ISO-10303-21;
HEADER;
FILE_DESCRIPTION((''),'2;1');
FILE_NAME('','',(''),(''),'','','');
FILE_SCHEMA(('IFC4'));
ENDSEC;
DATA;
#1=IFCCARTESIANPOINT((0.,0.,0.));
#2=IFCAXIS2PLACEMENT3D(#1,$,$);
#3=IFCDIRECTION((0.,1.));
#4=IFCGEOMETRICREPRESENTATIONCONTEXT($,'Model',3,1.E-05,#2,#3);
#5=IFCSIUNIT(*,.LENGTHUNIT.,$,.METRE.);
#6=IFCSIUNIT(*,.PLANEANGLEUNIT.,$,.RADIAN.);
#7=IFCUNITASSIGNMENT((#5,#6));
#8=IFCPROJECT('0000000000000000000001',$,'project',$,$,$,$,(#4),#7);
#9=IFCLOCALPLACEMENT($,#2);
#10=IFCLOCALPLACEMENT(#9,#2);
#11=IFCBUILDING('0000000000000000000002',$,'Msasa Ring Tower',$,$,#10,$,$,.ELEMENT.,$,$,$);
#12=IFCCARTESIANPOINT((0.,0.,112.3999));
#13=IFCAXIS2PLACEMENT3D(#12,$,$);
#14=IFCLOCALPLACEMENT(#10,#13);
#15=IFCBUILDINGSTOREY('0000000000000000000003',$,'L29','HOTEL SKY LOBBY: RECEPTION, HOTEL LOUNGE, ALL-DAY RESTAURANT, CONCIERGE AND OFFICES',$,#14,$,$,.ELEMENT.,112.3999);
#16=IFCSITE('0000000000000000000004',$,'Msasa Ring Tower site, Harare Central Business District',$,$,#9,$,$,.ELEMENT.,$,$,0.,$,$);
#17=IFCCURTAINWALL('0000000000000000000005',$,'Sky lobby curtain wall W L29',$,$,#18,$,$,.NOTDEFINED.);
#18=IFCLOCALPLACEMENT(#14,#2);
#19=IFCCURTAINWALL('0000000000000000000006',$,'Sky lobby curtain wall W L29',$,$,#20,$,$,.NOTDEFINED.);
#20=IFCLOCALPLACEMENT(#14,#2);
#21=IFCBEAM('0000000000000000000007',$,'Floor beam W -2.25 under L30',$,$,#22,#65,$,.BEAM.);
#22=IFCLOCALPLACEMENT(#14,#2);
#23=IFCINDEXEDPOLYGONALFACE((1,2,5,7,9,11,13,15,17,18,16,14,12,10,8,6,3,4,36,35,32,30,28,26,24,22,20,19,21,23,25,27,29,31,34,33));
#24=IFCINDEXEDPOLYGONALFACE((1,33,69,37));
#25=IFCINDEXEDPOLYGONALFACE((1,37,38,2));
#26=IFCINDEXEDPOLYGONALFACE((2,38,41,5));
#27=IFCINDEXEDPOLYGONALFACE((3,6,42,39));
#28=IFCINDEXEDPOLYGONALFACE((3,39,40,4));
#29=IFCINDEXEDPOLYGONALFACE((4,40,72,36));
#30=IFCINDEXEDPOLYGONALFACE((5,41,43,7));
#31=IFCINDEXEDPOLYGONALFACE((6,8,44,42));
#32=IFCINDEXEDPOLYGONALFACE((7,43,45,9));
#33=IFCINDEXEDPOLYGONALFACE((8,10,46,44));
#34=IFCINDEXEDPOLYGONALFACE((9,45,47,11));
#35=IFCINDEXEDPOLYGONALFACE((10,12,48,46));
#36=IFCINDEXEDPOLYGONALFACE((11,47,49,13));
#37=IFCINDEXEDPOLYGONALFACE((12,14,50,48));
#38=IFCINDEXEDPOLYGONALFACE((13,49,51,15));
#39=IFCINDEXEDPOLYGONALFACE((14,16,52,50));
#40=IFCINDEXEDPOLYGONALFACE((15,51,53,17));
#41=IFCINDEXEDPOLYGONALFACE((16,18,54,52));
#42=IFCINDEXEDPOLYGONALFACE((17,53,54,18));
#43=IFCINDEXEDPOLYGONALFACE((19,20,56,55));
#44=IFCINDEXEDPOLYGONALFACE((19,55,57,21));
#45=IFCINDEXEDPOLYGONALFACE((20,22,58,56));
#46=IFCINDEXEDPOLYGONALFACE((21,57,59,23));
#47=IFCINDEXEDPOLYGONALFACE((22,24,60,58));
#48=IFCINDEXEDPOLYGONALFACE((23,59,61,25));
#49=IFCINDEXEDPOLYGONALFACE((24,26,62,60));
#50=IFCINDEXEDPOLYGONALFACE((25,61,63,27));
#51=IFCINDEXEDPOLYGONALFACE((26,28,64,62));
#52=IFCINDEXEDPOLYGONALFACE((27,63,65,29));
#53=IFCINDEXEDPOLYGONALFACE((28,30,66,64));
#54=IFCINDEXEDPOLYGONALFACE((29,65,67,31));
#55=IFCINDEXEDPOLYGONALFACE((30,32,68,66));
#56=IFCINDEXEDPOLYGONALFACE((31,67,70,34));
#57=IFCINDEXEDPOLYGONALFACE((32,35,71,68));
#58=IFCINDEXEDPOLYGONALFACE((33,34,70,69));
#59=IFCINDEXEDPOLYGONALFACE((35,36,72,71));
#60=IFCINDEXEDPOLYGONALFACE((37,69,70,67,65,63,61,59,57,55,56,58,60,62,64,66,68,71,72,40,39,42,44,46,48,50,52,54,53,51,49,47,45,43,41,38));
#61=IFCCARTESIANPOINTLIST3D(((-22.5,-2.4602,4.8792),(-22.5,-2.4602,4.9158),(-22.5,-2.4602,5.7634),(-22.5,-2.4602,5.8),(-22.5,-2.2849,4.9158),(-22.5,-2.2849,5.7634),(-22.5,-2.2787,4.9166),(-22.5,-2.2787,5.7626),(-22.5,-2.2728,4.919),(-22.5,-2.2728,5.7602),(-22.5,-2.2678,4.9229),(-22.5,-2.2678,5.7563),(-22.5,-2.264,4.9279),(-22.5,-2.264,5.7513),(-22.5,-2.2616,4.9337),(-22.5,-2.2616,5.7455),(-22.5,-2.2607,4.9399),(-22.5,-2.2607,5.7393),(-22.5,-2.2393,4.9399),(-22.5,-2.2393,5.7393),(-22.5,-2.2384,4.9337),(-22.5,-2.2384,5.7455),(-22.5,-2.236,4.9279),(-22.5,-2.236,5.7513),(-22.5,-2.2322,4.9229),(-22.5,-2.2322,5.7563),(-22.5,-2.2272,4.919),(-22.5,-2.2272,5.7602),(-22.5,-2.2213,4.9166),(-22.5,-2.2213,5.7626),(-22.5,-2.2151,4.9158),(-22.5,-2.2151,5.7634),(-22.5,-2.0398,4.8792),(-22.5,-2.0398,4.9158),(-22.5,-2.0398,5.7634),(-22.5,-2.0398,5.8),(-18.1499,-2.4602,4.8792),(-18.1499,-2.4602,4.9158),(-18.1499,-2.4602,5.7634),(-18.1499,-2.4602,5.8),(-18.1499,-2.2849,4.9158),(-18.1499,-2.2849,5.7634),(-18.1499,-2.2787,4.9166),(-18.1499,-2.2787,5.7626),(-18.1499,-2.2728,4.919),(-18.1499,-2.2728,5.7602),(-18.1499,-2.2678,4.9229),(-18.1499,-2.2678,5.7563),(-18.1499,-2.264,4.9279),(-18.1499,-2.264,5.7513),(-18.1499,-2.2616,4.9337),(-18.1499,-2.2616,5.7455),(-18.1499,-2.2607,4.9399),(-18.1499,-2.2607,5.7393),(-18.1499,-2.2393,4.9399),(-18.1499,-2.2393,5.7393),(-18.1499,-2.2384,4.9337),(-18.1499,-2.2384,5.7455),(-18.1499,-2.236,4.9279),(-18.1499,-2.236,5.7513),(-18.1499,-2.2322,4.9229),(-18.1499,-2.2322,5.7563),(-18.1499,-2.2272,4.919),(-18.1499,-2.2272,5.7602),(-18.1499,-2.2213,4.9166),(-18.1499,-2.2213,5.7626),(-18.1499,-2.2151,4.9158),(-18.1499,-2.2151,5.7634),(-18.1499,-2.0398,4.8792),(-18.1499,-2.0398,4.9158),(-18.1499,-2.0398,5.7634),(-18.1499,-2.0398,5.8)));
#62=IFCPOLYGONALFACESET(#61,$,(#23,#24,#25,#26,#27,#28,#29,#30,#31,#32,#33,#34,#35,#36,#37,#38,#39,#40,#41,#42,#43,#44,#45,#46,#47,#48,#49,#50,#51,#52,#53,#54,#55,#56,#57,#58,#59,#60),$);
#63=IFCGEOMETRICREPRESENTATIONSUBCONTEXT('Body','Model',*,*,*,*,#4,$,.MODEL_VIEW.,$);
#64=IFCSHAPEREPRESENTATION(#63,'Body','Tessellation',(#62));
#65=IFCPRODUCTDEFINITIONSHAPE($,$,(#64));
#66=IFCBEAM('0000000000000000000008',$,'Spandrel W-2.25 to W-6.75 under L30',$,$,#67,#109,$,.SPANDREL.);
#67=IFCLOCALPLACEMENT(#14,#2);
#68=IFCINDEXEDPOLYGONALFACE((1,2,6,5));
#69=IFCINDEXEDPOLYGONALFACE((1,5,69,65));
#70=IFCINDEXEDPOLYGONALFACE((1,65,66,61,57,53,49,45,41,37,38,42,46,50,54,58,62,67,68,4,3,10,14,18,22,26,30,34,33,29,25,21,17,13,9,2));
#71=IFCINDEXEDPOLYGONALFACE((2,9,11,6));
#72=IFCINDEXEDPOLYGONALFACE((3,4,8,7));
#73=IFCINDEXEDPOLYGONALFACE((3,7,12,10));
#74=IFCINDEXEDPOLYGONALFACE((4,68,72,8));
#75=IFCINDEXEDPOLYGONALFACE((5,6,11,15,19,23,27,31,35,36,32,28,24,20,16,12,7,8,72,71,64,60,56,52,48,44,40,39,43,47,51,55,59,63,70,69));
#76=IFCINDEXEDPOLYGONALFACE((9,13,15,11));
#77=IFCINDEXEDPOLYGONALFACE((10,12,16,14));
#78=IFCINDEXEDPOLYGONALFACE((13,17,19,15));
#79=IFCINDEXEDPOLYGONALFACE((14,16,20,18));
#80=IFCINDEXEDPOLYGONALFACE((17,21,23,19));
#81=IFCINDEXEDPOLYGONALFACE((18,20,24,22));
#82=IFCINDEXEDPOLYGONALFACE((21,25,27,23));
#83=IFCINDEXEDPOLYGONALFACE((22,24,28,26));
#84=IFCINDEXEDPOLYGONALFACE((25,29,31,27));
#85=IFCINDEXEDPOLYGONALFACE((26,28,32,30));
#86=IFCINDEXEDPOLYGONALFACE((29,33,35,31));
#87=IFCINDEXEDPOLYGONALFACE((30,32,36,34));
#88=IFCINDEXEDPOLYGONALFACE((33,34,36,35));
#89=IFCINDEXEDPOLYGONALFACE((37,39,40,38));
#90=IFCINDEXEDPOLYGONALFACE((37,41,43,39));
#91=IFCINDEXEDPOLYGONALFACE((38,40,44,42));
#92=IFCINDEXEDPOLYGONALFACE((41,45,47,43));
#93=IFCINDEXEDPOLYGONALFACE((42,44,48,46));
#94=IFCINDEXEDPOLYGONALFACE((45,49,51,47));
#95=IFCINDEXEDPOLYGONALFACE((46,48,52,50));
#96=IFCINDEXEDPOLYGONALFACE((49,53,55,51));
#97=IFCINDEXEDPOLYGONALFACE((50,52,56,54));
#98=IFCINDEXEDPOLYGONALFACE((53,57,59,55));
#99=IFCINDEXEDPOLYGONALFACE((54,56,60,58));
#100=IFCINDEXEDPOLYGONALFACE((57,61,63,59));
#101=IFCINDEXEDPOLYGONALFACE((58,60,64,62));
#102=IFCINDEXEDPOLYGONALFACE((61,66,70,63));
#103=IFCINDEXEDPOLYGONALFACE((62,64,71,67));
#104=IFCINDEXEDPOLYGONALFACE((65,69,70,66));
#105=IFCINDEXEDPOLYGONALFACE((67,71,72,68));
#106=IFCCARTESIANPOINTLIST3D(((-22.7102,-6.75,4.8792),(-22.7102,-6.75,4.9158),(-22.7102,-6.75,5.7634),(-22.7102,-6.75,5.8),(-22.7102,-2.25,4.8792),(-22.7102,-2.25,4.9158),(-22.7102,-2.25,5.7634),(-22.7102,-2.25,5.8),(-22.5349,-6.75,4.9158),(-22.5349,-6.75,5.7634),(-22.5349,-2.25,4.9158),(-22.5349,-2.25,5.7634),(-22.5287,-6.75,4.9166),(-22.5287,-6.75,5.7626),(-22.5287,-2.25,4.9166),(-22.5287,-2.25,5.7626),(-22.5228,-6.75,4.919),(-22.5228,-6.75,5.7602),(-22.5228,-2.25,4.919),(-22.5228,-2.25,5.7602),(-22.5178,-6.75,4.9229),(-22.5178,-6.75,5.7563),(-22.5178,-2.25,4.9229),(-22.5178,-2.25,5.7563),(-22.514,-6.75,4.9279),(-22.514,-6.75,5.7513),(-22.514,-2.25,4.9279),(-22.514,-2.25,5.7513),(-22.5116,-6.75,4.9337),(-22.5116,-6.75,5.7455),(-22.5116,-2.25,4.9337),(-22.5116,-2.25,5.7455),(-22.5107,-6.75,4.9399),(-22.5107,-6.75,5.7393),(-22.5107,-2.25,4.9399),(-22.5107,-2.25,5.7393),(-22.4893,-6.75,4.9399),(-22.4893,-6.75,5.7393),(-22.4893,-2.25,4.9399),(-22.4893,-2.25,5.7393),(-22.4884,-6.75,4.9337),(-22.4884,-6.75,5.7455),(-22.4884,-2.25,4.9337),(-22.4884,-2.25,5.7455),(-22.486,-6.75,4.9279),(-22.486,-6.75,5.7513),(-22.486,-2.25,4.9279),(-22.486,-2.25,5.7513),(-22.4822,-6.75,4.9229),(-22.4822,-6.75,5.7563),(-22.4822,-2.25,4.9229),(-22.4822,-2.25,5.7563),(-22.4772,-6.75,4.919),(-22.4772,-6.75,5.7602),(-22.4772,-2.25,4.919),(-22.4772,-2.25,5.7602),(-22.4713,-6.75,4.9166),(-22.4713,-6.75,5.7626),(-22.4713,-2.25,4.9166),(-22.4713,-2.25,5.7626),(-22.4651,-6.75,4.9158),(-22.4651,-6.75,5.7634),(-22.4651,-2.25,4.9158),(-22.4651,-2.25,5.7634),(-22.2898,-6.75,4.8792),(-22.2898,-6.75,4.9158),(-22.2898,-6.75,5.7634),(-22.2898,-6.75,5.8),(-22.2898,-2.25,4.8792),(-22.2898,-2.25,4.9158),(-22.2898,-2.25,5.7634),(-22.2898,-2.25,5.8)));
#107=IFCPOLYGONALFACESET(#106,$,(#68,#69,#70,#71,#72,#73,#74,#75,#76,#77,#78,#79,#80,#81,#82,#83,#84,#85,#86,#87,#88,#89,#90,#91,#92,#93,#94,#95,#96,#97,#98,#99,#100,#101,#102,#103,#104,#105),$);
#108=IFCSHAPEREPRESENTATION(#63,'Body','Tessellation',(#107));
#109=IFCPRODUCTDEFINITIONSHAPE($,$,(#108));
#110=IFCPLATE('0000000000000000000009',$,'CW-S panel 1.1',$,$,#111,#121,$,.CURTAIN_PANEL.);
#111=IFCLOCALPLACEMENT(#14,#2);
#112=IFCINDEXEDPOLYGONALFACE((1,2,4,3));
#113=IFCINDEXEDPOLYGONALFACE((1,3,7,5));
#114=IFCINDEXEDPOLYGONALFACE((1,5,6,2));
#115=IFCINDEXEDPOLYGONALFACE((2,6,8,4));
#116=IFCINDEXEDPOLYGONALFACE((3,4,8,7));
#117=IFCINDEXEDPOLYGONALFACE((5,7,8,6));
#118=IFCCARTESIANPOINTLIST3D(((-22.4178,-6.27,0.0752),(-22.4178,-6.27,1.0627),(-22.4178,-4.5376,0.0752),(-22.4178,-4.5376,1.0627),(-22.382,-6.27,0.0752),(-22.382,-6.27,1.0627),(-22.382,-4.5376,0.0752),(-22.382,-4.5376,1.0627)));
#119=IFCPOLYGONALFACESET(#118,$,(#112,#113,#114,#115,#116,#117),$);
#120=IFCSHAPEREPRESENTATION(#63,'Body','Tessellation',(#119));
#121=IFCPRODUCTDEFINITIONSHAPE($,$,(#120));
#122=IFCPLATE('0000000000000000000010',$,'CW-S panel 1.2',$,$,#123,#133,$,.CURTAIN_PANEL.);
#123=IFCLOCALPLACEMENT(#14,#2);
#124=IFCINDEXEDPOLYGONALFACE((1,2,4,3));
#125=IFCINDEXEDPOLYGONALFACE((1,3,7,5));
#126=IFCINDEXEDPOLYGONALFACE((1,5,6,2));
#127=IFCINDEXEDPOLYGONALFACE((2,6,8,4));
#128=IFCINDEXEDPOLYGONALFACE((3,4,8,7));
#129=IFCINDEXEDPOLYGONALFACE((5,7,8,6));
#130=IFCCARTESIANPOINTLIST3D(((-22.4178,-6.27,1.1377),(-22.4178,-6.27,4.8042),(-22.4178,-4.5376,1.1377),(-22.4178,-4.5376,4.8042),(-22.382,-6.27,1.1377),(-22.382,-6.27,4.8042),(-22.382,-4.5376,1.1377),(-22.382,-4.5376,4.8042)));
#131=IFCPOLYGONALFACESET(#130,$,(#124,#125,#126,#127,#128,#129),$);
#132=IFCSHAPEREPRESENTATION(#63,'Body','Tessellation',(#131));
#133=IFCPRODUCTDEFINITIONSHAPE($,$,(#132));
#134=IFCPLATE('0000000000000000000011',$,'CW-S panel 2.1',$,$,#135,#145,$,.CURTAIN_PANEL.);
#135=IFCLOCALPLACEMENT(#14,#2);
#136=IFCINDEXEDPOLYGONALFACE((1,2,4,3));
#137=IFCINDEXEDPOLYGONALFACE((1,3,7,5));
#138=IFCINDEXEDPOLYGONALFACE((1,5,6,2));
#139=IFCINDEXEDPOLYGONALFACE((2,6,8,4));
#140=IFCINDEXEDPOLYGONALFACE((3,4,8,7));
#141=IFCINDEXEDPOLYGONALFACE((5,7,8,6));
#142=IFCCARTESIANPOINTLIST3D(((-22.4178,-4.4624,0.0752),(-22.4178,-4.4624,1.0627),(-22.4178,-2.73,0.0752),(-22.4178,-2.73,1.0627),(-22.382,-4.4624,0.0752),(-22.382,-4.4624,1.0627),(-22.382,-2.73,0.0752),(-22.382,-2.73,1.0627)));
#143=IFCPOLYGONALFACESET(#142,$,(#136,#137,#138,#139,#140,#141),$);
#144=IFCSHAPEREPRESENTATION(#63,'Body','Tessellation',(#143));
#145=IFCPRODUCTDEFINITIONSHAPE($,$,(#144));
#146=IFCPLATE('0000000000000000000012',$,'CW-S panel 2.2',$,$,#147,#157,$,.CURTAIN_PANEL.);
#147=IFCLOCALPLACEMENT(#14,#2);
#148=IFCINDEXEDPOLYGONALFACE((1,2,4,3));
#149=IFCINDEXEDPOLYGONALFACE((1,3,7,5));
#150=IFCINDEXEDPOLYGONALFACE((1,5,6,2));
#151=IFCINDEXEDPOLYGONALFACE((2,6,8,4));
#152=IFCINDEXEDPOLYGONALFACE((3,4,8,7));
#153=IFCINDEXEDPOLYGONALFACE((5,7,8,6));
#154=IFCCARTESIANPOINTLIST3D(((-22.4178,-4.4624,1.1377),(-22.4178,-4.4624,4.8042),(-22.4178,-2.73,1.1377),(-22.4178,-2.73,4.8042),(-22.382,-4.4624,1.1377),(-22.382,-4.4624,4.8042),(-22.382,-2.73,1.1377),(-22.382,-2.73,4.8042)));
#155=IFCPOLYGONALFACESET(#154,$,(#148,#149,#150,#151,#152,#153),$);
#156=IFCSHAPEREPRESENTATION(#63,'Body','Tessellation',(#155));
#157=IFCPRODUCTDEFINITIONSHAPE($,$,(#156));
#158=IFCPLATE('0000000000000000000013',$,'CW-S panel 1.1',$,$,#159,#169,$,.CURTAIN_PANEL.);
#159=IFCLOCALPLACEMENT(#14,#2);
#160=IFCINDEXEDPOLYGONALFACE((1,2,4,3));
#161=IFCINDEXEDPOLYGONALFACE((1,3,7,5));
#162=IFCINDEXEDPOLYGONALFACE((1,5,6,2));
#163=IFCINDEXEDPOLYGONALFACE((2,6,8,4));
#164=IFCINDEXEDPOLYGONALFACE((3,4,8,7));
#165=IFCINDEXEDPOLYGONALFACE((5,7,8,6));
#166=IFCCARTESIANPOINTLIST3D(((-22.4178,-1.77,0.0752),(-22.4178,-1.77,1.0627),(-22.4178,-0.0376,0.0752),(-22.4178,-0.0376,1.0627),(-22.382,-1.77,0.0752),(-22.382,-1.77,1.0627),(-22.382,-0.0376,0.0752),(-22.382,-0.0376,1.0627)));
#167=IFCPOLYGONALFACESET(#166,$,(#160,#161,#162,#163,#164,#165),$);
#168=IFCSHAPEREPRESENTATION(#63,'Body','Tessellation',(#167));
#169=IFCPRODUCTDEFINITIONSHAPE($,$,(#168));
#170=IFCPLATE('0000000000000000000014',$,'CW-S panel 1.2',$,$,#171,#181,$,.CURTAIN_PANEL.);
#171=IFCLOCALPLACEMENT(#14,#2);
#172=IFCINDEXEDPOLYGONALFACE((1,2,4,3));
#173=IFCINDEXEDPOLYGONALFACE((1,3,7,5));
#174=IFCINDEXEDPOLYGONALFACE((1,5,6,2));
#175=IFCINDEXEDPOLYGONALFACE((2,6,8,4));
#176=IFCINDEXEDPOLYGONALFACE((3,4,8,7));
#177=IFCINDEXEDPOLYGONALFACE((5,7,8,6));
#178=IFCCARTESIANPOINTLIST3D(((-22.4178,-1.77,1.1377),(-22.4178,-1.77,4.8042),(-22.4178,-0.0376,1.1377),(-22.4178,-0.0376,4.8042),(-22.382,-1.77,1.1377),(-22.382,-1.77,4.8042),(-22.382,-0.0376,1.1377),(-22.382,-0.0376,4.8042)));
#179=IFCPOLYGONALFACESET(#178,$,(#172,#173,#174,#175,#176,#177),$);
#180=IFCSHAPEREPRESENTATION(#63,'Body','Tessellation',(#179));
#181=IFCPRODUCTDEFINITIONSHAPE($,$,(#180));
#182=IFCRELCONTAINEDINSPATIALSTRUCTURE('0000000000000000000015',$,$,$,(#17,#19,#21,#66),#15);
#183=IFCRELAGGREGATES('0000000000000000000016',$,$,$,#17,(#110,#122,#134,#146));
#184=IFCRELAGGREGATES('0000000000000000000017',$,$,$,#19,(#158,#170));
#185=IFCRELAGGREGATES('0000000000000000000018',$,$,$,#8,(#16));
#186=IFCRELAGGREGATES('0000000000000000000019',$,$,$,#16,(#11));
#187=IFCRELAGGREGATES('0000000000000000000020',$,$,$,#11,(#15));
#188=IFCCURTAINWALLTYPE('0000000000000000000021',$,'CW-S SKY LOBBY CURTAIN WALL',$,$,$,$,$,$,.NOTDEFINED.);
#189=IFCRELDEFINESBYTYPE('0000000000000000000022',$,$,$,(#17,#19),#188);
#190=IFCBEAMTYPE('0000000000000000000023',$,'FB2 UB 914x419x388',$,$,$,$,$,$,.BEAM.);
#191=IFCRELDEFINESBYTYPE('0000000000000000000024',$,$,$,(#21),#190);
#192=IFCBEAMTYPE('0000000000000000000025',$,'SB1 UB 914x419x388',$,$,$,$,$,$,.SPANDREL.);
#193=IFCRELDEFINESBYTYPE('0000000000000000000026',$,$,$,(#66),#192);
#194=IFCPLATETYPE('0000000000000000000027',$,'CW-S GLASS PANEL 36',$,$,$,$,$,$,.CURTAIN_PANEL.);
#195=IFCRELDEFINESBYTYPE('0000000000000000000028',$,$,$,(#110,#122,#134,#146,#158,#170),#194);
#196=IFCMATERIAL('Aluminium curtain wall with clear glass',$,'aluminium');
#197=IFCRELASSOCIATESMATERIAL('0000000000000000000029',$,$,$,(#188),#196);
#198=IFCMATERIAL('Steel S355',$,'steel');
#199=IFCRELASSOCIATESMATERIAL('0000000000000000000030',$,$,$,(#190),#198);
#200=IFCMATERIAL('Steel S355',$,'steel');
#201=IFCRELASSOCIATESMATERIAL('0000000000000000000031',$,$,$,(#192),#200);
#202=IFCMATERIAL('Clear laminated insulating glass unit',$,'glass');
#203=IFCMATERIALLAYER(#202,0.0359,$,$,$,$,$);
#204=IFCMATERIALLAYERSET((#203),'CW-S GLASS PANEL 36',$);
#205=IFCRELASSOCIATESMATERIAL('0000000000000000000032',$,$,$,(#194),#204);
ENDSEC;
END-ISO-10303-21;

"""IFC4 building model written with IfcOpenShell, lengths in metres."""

from ifc_helpers import new_model, si_unit, direction, frame, origin, origin_2d, place, context, subcontext, project, spatial, rectangle, i_section, extrude, material, layer, layer_set, material_profile, profile_set, type_object, element, aggregate, save


model = new_model("IFC4")

# Units and contexts
model_context = context("Model", 3, precision=1e-05, world=origin(), true_north=direction((0.0, 1.0)))
body_context = subcontext(model_context, "Body", "Model", "MODEL_VIEW")
ifc_project = project(units=[si_unit("LENGTHUNIT", "METRE"), si_unit("PLANEANGLEUNIT", "RADIAN")], contexts=[model_context])

# Site, building, storey
site_placement = place(None, origin())
site = spatial("IfcSite", under=ifc_project, at=site_placement, Name="Msasa Ring Tower site, Harare Central Business District", CompositionType="ELEMENT", RefElevation=0.0)
building_placement = place(site_placement, origin())
building = spatial("IfcBuilding", under=site, at=building_placement, Name="Msasa Ring Tower", CompositionType="ELEMENT")
storey_placement = place(building_placement, frame((0.0, 0.0, 112.3999)))
storey = spatial("IfcBuildingStorey", under=building, at=storey_placement, Name="L29", Description="HOTEL SKY LOBBY: RECEPTION, HOTEL LOUNGE, ALL-DAY RESTAURANT, CONCIERGE AND OFFICES", CompositionType="ELEMENT", Elevation=112.3999)

# Curtain walls
ifc_material_1 = material(Name="Aluminium curtain wall with clear glass", Category="aluminium")
curtain_wall_type = type_object("IfcCurtainWallType", Name="CW-S SKY LOBBY CURTAIN WALL", PredefinedType="NOTDEFINED", material=ifc_material_1)
curtain_wall_1_placement = place(storey_placement, origin())
curtain_wall_1 = element("IfcCurtainWall", 1, at=curtain_wall_1_placement, inside=storey, type_object=curtain_wall_type, Name="Sky lobby curtain wall W L29", PredefinedType="NOTDEFINED")
curtain_wall_2_placement = place(storey_placement, origin())
curtain_wall_2 = element("IfcCurtainWall", 2, at=curtain_wall_2_placement, inside=storey, type_object=curtain_wall_type, Name="Sky lobby curtain wall W L29", PredefinedType="NOTDEFINED")

# Beams
ifc_material_2 = material(Name="Steel S355", Category="steel")
ifc_material_profile_1 = material_profile(ifc_material_2, i_section(OverallWidth=0.4204, OverallDepth=0.9209, WebThickness=0.0215, FlangeThickness=0.0366, FilletRadius=0.0242, at=origin_2d()), Name="UB 914x419x388")
ifc_profile_set_1 = profile_set([ifc_material_profile_1], Name="Steel S355")
beam_type_1 = type_object("IfcBeamType", Name="FB2 UB 914x419x388", PredefinedType="BEAM", material=ifc_profile_set_1)
beam_1_placement = place(storey_placement, frame((-22.5, -2.25, 5.3396), z_axis=(1.0, 0.0, 0.0), x_axis=(0.0, 1.0, 0.0)))
element("IfcBeam", 3, at=beam_1_placement, inside=storey, type_object=beam_type_1, Name="Floor beam W -2.25 under L30", PredefinedType="BEAM", context=body_context, shape_type="SweptSolid", body=[
    extrude(i_section(OverallWidth=0.4204, OverallDepth=0.9209, WebThickness=0.0215, FlangeThickness=0.0366, FilletRadius=0.0242, at=origin_2d()), origin(), (0.0, 0.0, 1.0), 4.3501),
])
ifc_material_3 = material(Name="Steel S355", Category="steel")
ifc_material_profile_2 = material_profile(ifc_material_3, i_section(OverallWidth=0.4204, OverallDepth=0.9209, WebThickness=0.0215, FlangeThickness=0.0366, FilletRadius=0.0242, at=origin_2d()), Name="UB 914x419x388")
ifc_profile_set_2 = profile_set([ifc_material_profile_2], Name="Steel S355")
beam_type_2 = type_object("IfcBeamType", Name="SB1 UB 914x419x388", PredefinedType="SPANDREL", material=ifc_profile_set_2)
beam_2_placement = place(storey_placement, frame((-22.5, -2.25, 5.3396), z_axis=(0.0, -1.0, 0.0), x_axis=(1.0, 0.0, 0.0)))
element("IfcBeam", 4, at=beam_2_placement, inside=storey, type_object=beam_type_2, Name="Spandrel W-2.25 to W-6.75 under L30", PredefinedType="SPANDREL", context=body_context, shape_type="SweptSolid", body=[
    extrude(i_section(OverallWidth=0.4204, OverallDepth=0.9209, WebThickness=0.0215, FlangeThickness=0.0366, FilletRadius=0.0242, at=origin_2d()), origin(), (0.0, 0.0, 1.0), 4.5),
])

# Plates
ifc_material_4 = material(Name="Clear laminated insulating glass unit", Category="glass")
ifc_layer = layer(ifc_material_4, 0.0359)
ifc_layer_set = layer_set([ifc_layer], Name="CW-S GLASS PANEL 36")
plate_type = type_object("IfcPlateType", Name="CW-S GLASS PANEL 36", PredefinedType="CURTAIN_PANEL", material=ifc_layer_set)
plate_1_placement = place(storey_placement, frame((-22.3999, -5.4038, 0.0752), z_axis=(0.0, 0.0, 1.0), x_axis=(0.0, 1.0, 0.0)))
plate_1 = element("IfcPlate", 5, at=plate_1_placement, type_object=plate_type, Name="CW-S panel 1.1", PredefinedType="CURTAIN_PANEL", context=body_context, shape_type="SweptSolid", body=[
    extrude(rectangle(XDim=1.7324, YDim=0.0359, at=origin_2d()), origin(), (0.0, 0.0, 1.0), 0.9875),
])
plate_2_placement = place(storey_placement, frame((-22.3999, -5.4038, 1.1377), z_axis=(0.0, 0.0, 1.0), x_axis=(0.0, 1.0, 0.0)))
plate_2 = element("IfcPlate", 6, at=plate_2_placement, type_object=plate_type, Name="CW-S panel 1.2", PredefinedType="CURTAIN_PANEL", context=body_context, shape_type="SweptSolid", body=[
    extrude(rectangle(XDim=1.7324, YDim=0.0359, at=origin_2d()), origin(), (0.0, 0.0, 1.0), 3.6665),
])
plate_3_placement = place(storey_placement, frame((-22.3999, -3.5962, 0.0752), z_axis=(0.0, 0.0, 1.0), x_axis=(0.0, 1.0, 0.0)))
plate_3 = element("IfcPlate", 7, at=plate_3_placement, type_object=plate_type, Name="CW-S panel 2.1", PredefinedType="CURTAIN_PANEL", context=body_context, shape_type="SweptSolid", body=[
    extrude(rectangle(XDim=1.7324, YDim=0.0359, at=origin_2d()), origin(), (0.0, 0.0, 1.0), 0.9875),
])
plate_4_placement = place(storey_placement, frame((-22.3999, -3.5962, 1.1377), z_axis=(0.0, 0.0, 1.0), x_axis=(0.0, 1.0, 0.0)))
plate_4 = element("IfcPlate", 8, at=plate_4_placement, type_object=plate_type, Name="CW-S panel 2.2", PredefinedType="CURTAIN_PANEL", context=body_context, shape_type="SweptSolid", body=[
    extrude(rectangle(XDim=1.7324, YDim=0.0359, at=origin_2d()), origin(), (0.0, 0.0, 1.0), 3.6665),
])
aggregate(curtain_wall_1, [plate_1, plate_2, plate_3, plate_4])
plate_5_placement = place(storey_placement, frame((-22.3999, -0.9038, 0.0752), z_axis=(0.0, 0.0, 1.0), x_axis=(0.0, 1.0, 0.0)))
plate_5 = element("IfcPlate", 9, at=plate_5_placement, type_object=plate_type, Name="CW-S panel 1.1", PredefinedType="CURTAIN_PANEL", context=body_context, shape_type="SweptSolid", body=[
    extrude(rectangle(XDim=1.7324, YDim=0.0359, at=origin_2d()), origin(), (0.0, 0.0, 1.0), 0.9875),
])
plate_6_placement = place(storey_placement, frame((-22.3999, -0.9038, 1.1377), z_axis=(0.0, 0.0, 1.0), x_axis=(0.0, 1.0, 0.0)))
plate_6 = element("IfcPlate", 10, at=plate_6_placement, type_object=plate_type, Name="CW-S panel 1.2", PredefinedType="CURTAIN_PANEL", context=body_context, shape_type="SweptSolid", body=[
    extrude(rectangle(XDim=1.7324, YDim=0.0359, at=origin_2d()), origin(), (0.0, 0.0, 1.0), 3.6665),
])
aggregate(curtain_wall_2, [plate_5, plate_6])

save(model, "model.ifc")
